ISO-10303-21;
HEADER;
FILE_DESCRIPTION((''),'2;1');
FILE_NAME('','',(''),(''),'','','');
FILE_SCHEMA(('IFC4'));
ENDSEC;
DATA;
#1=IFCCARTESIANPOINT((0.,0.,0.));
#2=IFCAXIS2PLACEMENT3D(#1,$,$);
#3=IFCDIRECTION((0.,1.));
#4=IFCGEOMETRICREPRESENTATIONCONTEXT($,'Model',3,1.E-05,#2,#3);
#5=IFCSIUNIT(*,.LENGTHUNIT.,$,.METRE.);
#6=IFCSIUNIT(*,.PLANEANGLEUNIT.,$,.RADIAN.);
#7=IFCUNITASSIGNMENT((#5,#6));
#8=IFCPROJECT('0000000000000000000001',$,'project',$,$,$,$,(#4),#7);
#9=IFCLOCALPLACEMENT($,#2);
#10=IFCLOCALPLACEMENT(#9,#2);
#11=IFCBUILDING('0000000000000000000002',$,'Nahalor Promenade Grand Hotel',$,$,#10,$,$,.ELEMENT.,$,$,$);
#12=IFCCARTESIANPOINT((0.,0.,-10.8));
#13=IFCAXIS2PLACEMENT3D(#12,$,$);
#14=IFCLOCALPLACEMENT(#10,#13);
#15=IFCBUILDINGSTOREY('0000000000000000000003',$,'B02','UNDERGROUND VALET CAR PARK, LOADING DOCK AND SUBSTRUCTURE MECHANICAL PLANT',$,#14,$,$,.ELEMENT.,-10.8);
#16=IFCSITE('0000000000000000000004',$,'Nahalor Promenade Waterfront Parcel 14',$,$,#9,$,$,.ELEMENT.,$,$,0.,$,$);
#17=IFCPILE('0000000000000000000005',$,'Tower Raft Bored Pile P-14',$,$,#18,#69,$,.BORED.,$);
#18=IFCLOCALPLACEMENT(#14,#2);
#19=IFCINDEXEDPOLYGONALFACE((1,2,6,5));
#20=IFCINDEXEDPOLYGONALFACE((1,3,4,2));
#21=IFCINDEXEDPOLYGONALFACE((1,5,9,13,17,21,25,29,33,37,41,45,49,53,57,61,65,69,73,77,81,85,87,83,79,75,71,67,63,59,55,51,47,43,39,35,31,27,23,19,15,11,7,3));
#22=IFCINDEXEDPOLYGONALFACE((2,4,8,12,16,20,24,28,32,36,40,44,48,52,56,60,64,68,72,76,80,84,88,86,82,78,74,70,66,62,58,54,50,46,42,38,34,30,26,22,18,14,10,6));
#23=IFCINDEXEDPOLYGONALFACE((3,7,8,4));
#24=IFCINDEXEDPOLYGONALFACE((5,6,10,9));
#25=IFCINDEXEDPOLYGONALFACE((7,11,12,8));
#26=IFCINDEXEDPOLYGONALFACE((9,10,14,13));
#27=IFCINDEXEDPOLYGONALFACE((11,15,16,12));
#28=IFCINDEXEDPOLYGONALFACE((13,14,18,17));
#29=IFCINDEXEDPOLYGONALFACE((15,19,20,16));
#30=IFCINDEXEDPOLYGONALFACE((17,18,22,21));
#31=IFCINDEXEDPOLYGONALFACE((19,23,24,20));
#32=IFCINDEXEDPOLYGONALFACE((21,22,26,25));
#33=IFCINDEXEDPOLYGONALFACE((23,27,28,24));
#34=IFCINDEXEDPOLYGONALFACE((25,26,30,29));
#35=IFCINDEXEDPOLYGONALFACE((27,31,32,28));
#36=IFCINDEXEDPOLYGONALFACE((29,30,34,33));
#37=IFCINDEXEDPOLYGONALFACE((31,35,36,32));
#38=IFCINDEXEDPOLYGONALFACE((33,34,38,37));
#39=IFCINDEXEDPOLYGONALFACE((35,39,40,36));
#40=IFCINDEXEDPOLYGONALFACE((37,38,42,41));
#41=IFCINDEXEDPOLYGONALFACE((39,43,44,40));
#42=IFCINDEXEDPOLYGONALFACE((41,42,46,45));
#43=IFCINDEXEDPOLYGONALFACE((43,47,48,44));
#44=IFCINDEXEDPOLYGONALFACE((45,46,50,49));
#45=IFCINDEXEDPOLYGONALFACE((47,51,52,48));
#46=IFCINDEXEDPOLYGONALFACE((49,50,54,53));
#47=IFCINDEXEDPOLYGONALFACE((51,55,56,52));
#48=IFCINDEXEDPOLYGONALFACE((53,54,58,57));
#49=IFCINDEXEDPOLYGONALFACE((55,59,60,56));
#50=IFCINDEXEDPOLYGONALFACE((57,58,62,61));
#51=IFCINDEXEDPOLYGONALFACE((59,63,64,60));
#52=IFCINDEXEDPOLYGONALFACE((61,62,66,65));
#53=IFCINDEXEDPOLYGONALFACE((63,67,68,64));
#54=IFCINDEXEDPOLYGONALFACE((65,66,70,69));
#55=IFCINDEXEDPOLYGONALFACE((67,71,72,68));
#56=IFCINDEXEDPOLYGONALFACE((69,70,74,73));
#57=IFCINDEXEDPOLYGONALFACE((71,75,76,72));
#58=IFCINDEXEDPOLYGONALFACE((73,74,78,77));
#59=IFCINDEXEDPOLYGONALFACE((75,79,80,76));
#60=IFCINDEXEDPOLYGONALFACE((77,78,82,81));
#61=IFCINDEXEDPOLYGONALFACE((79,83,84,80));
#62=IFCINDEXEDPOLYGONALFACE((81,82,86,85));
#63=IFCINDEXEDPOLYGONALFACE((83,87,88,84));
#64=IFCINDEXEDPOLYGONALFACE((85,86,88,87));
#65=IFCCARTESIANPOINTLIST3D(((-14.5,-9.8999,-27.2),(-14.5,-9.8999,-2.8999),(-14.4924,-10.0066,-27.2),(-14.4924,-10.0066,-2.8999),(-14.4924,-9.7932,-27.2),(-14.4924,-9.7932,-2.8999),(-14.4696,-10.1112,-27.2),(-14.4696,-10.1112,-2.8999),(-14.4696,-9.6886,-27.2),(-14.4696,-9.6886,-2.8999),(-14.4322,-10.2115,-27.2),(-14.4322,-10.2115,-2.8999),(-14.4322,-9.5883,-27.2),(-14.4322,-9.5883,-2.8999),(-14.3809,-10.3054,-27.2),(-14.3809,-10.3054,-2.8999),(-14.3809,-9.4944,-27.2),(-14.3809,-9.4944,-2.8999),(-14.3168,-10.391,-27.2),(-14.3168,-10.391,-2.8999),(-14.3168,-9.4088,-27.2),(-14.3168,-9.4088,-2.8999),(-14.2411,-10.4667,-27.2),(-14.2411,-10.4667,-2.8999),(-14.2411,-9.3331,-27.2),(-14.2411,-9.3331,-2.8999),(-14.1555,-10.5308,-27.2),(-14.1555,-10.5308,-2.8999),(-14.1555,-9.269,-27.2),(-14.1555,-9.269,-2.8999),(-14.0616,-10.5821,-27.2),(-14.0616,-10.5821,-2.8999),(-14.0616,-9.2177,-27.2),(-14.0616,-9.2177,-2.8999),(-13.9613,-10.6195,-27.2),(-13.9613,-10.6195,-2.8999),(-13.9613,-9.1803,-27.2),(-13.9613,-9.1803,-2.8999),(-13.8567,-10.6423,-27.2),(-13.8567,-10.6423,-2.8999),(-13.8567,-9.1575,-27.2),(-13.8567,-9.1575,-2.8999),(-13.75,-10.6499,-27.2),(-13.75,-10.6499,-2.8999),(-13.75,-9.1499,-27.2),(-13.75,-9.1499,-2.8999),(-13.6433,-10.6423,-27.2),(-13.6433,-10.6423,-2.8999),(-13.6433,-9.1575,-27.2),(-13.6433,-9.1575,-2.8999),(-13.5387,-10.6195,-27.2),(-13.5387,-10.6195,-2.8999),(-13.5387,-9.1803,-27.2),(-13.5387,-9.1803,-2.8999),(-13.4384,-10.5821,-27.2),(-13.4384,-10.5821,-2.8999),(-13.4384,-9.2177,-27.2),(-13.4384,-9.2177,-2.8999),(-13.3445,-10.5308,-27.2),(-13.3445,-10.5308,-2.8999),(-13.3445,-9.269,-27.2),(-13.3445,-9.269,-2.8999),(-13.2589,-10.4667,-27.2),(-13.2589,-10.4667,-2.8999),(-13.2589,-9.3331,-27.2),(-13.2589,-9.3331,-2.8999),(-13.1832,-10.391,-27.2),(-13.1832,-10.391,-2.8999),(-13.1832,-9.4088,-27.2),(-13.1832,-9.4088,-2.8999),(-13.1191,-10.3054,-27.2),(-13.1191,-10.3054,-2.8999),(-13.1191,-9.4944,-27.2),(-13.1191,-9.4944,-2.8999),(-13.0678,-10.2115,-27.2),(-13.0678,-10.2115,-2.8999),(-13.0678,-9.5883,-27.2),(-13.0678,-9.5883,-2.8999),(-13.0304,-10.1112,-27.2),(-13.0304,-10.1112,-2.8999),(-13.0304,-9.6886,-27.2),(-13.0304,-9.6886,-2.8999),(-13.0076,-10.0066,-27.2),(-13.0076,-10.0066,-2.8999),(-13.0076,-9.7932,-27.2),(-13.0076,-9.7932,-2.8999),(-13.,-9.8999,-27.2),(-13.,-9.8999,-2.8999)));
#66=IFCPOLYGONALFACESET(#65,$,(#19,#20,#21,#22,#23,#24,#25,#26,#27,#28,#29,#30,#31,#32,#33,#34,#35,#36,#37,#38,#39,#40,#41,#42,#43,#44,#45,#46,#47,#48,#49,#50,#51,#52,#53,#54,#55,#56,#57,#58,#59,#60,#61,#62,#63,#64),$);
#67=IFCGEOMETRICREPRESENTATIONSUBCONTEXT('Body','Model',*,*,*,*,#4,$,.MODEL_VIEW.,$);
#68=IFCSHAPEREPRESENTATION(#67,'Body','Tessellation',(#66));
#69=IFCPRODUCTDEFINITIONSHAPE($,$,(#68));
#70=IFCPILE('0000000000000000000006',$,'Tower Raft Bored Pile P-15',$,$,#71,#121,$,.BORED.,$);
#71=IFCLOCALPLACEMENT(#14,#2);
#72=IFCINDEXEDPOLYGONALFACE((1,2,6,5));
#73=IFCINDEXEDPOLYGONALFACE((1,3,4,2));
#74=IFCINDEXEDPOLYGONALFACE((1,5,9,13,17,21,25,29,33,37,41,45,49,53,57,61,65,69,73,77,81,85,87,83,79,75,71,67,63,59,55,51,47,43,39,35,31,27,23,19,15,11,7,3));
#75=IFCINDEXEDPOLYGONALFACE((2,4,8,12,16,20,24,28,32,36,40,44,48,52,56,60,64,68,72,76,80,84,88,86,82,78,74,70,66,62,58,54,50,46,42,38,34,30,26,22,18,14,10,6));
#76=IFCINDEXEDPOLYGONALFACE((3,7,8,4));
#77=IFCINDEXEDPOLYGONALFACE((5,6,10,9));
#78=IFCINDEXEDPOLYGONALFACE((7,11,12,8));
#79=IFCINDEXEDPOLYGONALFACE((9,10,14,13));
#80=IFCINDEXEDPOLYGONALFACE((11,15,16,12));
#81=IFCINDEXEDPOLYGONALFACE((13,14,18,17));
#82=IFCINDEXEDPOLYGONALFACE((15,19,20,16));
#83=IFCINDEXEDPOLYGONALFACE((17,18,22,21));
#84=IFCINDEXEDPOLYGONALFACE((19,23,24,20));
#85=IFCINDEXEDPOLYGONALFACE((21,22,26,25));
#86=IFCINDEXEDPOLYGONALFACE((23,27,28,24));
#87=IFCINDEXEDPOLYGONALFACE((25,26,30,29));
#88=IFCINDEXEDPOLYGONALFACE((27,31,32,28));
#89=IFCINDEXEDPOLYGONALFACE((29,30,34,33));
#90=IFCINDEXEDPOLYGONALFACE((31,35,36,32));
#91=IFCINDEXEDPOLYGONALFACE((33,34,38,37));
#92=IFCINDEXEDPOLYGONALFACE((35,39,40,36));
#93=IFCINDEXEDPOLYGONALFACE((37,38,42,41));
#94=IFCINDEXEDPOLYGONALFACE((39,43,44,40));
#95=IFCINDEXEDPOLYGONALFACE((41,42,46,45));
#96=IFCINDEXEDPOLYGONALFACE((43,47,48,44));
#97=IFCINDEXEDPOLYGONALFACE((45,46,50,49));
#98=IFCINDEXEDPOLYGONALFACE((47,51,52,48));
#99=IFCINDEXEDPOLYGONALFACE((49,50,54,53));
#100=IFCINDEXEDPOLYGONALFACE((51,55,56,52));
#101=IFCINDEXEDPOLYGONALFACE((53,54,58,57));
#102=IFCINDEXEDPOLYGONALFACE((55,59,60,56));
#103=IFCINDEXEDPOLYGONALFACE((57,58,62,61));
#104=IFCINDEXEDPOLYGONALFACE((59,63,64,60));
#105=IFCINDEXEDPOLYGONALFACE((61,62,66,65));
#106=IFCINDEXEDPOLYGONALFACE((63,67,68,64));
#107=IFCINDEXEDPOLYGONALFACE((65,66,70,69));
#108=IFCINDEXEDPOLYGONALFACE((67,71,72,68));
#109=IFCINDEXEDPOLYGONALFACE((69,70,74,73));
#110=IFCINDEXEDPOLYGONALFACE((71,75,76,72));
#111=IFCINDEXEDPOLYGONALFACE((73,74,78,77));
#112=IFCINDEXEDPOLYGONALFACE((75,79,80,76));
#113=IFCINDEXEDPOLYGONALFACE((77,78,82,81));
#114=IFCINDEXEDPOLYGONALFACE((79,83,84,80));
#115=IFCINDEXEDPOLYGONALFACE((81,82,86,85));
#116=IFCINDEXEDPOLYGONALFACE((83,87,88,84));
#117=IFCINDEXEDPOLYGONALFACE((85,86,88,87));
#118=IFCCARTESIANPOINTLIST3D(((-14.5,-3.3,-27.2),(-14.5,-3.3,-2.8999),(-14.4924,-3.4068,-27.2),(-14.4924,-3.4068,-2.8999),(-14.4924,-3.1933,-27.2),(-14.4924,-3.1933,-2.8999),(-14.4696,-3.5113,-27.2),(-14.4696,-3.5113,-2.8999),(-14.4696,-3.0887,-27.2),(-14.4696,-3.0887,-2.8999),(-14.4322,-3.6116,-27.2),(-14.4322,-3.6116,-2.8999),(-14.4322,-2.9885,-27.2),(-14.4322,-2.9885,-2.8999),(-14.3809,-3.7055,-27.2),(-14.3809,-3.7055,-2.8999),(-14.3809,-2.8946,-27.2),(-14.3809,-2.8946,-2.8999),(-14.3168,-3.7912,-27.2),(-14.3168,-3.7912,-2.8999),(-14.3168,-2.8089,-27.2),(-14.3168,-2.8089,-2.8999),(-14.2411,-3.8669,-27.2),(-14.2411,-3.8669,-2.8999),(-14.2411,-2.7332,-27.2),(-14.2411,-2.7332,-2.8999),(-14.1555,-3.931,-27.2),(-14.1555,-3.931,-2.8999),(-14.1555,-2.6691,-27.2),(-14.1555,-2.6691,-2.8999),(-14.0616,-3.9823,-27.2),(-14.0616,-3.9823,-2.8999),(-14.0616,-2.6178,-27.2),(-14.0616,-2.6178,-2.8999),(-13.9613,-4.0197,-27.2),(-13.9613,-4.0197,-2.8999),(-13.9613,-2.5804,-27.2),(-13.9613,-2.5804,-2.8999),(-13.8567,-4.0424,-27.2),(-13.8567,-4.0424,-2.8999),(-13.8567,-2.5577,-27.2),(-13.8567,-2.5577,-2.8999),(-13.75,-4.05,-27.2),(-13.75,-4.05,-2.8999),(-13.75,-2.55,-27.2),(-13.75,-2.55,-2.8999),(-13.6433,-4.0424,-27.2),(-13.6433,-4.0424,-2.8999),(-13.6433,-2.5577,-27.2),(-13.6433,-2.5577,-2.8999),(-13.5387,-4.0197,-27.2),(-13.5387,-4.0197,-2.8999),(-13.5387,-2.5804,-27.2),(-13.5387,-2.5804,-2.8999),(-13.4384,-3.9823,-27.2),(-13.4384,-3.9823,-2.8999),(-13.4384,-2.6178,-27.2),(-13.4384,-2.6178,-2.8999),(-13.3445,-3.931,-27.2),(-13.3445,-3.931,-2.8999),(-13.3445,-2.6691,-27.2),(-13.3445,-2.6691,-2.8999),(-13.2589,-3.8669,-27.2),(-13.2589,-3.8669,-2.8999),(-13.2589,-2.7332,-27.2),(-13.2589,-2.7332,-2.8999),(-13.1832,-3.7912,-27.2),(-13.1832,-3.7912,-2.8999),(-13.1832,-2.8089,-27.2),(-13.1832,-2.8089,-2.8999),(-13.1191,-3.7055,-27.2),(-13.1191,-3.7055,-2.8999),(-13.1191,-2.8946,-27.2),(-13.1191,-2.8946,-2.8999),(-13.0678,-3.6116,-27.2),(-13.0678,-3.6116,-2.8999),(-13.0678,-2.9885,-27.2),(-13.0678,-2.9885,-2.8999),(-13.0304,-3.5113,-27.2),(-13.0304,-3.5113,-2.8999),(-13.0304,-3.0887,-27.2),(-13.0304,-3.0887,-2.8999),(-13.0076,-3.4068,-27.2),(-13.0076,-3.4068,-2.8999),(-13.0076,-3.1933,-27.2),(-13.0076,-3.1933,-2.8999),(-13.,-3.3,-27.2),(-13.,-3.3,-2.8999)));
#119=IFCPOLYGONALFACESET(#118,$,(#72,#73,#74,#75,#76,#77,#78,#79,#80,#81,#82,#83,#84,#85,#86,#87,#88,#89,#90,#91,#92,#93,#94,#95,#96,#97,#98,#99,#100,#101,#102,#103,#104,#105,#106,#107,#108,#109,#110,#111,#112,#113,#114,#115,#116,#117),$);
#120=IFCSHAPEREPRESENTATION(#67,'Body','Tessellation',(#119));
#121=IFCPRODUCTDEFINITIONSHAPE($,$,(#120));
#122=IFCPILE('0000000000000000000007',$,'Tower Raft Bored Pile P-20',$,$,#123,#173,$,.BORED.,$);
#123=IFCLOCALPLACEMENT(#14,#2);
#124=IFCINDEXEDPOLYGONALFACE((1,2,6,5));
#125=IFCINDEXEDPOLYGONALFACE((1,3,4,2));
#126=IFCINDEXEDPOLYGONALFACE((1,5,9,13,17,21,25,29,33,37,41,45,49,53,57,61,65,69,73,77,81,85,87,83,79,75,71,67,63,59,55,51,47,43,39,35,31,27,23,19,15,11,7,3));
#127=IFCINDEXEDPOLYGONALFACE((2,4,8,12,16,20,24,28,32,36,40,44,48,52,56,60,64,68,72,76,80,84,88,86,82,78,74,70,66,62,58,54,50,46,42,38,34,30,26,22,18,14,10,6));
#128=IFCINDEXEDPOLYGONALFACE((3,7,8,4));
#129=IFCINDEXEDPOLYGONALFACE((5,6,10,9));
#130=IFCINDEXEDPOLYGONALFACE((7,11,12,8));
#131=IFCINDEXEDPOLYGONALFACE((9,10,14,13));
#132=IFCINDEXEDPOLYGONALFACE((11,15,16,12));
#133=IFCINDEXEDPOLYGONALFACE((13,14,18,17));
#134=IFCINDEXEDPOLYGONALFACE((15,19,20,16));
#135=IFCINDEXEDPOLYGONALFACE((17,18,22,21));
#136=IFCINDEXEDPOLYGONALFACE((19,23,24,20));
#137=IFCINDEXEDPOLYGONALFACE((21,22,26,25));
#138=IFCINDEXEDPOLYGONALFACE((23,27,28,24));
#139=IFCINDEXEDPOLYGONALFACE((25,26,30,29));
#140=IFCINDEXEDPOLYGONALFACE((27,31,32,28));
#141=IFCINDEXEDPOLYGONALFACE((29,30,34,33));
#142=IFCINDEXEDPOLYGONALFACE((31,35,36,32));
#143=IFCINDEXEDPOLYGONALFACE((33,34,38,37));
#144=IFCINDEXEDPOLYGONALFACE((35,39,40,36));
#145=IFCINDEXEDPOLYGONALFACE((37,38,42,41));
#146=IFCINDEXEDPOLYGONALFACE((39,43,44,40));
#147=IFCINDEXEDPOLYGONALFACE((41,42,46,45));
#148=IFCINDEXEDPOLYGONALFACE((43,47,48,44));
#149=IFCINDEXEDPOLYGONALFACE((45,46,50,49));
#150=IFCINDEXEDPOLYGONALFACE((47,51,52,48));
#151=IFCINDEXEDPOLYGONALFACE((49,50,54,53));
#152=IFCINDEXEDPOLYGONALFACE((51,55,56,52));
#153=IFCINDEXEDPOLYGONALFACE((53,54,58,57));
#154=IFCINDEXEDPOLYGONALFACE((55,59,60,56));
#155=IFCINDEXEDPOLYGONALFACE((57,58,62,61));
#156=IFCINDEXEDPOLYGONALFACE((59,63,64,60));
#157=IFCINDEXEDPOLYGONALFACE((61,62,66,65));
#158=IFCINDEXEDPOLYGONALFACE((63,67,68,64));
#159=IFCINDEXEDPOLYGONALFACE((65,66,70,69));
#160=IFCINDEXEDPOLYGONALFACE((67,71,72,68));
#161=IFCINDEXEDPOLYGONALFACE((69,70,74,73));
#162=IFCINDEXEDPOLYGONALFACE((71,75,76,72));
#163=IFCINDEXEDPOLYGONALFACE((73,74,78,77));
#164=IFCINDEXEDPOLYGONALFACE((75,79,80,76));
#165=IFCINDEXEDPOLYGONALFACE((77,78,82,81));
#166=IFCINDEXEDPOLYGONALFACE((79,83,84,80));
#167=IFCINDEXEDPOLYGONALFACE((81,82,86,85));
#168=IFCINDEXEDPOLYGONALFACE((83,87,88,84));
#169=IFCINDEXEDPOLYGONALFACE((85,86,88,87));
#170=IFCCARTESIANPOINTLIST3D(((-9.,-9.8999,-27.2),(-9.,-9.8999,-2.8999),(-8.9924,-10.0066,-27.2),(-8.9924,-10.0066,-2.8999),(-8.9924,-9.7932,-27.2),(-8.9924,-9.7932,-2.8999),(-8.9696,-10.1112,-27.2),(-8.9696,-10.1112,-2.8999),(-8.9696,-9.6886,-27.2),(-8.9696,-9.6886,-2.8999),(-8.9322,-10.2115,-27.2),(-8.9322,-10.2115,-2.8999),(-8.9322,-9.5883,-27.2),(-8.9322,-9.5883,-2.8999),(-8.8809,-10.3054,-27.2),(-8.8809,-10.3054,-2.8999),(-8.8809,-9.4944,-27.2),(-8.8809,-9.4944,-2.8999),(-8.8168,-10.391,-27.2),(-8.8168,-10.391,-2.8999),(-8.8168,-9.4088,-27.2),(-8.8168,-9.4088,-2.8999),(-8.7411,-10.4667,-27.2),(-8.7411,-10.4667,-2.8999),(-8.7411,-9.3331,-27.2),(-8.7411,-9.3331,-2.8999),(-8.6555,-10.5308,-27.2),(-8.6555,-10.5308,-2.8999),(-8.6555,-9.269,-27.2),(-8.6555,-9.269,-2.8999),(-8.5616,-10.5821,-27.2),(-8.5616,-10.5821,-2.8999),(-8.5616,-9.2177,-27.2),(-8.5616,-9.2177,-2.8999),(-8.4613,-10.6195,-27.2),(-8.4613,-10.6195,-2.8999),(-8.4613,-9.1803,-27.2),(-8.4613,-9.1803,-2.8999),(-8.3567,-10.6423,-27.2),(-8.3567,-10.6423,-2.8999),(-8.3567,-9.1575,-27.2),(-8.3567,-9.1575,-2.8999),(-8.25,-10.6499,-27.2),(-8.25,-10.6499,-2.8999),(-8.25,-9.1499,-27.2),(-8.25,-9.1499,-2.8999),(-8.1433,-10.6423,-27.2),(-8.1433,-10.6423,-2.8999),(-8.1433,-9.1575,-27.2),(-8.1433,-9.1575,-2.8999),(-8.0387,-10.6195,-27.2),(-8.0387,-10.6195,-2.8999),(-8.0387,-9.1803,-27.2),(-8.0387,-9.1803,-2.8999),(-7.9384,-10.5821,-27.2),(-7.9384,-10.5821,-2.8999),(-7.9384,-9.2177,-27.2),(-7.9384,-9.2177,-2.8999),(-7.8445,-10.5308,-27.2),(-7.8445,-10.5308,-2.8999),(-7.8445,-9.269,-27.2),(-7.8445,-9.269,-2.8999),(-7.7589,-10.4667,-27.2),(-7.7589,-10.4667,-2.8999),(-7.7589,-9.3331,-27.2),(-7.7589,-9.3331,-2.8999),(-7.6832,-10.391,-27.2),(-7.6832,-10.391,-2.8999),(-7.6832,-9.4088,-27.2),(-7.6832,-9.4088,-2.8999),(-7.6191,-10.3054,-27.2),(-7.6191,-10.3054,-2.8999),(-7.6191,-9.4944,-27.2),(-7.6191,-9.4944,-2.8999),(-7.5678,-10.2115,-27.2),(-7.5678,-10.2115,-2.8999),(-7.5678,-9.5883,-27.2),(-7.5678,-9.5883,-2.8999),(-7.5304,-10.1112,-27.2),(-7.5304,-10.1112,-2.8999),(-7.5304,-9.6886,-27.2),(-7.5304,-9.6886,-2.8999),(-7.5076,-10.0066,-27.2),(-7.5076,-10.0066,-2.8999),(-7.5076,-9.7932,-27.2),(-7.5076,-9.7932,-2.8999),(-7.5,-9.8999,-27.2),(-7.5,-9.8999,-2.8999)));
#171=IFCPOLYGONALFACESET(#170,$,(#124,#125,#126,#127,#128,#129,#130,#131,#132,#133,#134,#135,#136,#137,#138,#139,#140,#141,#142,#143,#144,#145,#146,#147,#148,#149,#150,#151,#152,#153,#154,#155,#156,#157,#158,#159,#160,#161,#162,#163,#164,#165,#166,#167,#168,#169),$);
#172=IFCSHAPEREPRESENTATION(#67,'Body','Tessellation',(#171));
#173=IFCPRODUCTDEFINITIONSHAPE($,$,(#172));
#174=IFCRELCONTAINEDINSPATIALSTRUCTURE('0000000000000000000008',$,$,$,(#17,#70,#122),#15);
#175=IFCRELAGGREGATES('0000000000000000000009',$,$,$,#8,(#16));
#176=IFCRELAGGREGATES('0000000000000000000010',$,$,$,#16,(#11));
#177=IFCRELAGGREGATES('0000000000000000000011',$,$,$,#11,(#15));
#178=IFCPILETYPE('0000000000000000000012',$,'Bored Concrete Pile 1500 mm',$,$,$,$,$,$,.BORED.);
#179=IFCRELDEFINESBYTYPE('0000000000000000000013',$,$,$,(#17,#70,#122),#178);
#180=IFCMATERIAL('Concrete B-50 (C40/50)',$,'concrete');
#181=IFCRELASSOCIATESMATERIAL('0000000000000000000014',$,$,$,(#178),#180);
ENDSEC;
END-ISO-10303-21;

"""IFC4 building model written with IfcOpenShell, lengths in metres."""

from ifc_helpers import new_model, si_unit, direction, frame, origin, origin_2d, place, context, subcontext, project, spatial, circle, extrude, source, transform, mapped, material, material_profile, profile_set, type_object, element, save


model = new_model("IFC4")

# Units and contexts
model_context = context("Model", 3, precision=1e-05, world=origin(), true_north=direction((0.0, 1.0)))
body_context = subcontext(model_context, "Body", "Model", "MODEL_VIEW")
ifc_project = project(units=[si_unit("LENGTHUNIT", "METRE"), si_unit("PLANEANGLEUNIT", "RADIAN")], contexts=[model_context])

# Site, building, storey
site_placement = place(None, origin())
site = spatial("IfcSite", under=ifc_project, at=site_placement, Name="Nahalor Promenade Waterfront Parcel 14", CompositionType="ELEMENT", RefElevation=0.0)
building_placement = place(site_placement, origin())
building = spatial("IfcBuilding", under=site, at=building_placement, Name="Nahalor Promenade Grand Hotel", CompositionType="ELEMENT")
storey_placement = place(building_placement, frame((0.0, 0.0, -10.8)))
storey = spatial("IfcBuildingStorey", under=building, at=storey_placement, Name="B02", Description="UNDERGROUND VALET CAR PARK, LOADING DOCK AND SUBSTRUCTURE MECHANICAL PLANT", CompositionType="ELEMENT", Elevation=-10.8)

# Piles
ifc_material_1 = material(Name="Concrete B-50 (C40/50)", Category="concrete")
ifc_material_profile_1 = material_profile(ifc_material_1, circle(Radius=0.75, at=origin_2d()), Name="PILE D1500")
ifc_profile_set_1 = profile_set([ifc_material_profile_1], Name="Concrete B-50 (C40/50)")
pile_type = type_object("IfcPileType", Name="Bored Concrete Pile 1500 mm", PredefinedType="BORED", material=ifc_profile_set_1)
shared_shape_1 = source(origin(), body_context, "Body", "SweptSolid", [
    extrude(circle(Radius=0.75, at=origin_2d()), origin(), (0.0, 0.0, 1.0), 24.3),
])
for number, where, z_axis, x_axis, name in (
    (1, (-13.75, -9.8999, -2.8999), (0.0, 0.0, -1.0), (1.0, 0.0, 0.0), "Tower Raft Bored Pile P-14"),
    (2, (-13.75, -3.3, -2.8999), (0.0, 0.0, -1.0), (1.0, 0.0, 0.0), "Tower Raft Bored Pile P-15"),
    (3, (-8.25, -9.8999, -2.8999), (0.0, 0.0, -1.0), (1.0, 0.0, 0.0), "Tower Raft Bored Pile P-20"),
):
    element("IfcPile", number, at=place(storey_placement, frame(where, z_axis=z_axis, x_axis=x_axis)), inside=storey, type_object=pile_type, Name=name, PredefinedType="BORED", context=body_context, shape_type="MappedRepresentation", body=[
        mapped(shared_shape_1, transform((0.0, 0.0, 0.0), scale=1.0)),
    ])

save(model, "model.ifc")
